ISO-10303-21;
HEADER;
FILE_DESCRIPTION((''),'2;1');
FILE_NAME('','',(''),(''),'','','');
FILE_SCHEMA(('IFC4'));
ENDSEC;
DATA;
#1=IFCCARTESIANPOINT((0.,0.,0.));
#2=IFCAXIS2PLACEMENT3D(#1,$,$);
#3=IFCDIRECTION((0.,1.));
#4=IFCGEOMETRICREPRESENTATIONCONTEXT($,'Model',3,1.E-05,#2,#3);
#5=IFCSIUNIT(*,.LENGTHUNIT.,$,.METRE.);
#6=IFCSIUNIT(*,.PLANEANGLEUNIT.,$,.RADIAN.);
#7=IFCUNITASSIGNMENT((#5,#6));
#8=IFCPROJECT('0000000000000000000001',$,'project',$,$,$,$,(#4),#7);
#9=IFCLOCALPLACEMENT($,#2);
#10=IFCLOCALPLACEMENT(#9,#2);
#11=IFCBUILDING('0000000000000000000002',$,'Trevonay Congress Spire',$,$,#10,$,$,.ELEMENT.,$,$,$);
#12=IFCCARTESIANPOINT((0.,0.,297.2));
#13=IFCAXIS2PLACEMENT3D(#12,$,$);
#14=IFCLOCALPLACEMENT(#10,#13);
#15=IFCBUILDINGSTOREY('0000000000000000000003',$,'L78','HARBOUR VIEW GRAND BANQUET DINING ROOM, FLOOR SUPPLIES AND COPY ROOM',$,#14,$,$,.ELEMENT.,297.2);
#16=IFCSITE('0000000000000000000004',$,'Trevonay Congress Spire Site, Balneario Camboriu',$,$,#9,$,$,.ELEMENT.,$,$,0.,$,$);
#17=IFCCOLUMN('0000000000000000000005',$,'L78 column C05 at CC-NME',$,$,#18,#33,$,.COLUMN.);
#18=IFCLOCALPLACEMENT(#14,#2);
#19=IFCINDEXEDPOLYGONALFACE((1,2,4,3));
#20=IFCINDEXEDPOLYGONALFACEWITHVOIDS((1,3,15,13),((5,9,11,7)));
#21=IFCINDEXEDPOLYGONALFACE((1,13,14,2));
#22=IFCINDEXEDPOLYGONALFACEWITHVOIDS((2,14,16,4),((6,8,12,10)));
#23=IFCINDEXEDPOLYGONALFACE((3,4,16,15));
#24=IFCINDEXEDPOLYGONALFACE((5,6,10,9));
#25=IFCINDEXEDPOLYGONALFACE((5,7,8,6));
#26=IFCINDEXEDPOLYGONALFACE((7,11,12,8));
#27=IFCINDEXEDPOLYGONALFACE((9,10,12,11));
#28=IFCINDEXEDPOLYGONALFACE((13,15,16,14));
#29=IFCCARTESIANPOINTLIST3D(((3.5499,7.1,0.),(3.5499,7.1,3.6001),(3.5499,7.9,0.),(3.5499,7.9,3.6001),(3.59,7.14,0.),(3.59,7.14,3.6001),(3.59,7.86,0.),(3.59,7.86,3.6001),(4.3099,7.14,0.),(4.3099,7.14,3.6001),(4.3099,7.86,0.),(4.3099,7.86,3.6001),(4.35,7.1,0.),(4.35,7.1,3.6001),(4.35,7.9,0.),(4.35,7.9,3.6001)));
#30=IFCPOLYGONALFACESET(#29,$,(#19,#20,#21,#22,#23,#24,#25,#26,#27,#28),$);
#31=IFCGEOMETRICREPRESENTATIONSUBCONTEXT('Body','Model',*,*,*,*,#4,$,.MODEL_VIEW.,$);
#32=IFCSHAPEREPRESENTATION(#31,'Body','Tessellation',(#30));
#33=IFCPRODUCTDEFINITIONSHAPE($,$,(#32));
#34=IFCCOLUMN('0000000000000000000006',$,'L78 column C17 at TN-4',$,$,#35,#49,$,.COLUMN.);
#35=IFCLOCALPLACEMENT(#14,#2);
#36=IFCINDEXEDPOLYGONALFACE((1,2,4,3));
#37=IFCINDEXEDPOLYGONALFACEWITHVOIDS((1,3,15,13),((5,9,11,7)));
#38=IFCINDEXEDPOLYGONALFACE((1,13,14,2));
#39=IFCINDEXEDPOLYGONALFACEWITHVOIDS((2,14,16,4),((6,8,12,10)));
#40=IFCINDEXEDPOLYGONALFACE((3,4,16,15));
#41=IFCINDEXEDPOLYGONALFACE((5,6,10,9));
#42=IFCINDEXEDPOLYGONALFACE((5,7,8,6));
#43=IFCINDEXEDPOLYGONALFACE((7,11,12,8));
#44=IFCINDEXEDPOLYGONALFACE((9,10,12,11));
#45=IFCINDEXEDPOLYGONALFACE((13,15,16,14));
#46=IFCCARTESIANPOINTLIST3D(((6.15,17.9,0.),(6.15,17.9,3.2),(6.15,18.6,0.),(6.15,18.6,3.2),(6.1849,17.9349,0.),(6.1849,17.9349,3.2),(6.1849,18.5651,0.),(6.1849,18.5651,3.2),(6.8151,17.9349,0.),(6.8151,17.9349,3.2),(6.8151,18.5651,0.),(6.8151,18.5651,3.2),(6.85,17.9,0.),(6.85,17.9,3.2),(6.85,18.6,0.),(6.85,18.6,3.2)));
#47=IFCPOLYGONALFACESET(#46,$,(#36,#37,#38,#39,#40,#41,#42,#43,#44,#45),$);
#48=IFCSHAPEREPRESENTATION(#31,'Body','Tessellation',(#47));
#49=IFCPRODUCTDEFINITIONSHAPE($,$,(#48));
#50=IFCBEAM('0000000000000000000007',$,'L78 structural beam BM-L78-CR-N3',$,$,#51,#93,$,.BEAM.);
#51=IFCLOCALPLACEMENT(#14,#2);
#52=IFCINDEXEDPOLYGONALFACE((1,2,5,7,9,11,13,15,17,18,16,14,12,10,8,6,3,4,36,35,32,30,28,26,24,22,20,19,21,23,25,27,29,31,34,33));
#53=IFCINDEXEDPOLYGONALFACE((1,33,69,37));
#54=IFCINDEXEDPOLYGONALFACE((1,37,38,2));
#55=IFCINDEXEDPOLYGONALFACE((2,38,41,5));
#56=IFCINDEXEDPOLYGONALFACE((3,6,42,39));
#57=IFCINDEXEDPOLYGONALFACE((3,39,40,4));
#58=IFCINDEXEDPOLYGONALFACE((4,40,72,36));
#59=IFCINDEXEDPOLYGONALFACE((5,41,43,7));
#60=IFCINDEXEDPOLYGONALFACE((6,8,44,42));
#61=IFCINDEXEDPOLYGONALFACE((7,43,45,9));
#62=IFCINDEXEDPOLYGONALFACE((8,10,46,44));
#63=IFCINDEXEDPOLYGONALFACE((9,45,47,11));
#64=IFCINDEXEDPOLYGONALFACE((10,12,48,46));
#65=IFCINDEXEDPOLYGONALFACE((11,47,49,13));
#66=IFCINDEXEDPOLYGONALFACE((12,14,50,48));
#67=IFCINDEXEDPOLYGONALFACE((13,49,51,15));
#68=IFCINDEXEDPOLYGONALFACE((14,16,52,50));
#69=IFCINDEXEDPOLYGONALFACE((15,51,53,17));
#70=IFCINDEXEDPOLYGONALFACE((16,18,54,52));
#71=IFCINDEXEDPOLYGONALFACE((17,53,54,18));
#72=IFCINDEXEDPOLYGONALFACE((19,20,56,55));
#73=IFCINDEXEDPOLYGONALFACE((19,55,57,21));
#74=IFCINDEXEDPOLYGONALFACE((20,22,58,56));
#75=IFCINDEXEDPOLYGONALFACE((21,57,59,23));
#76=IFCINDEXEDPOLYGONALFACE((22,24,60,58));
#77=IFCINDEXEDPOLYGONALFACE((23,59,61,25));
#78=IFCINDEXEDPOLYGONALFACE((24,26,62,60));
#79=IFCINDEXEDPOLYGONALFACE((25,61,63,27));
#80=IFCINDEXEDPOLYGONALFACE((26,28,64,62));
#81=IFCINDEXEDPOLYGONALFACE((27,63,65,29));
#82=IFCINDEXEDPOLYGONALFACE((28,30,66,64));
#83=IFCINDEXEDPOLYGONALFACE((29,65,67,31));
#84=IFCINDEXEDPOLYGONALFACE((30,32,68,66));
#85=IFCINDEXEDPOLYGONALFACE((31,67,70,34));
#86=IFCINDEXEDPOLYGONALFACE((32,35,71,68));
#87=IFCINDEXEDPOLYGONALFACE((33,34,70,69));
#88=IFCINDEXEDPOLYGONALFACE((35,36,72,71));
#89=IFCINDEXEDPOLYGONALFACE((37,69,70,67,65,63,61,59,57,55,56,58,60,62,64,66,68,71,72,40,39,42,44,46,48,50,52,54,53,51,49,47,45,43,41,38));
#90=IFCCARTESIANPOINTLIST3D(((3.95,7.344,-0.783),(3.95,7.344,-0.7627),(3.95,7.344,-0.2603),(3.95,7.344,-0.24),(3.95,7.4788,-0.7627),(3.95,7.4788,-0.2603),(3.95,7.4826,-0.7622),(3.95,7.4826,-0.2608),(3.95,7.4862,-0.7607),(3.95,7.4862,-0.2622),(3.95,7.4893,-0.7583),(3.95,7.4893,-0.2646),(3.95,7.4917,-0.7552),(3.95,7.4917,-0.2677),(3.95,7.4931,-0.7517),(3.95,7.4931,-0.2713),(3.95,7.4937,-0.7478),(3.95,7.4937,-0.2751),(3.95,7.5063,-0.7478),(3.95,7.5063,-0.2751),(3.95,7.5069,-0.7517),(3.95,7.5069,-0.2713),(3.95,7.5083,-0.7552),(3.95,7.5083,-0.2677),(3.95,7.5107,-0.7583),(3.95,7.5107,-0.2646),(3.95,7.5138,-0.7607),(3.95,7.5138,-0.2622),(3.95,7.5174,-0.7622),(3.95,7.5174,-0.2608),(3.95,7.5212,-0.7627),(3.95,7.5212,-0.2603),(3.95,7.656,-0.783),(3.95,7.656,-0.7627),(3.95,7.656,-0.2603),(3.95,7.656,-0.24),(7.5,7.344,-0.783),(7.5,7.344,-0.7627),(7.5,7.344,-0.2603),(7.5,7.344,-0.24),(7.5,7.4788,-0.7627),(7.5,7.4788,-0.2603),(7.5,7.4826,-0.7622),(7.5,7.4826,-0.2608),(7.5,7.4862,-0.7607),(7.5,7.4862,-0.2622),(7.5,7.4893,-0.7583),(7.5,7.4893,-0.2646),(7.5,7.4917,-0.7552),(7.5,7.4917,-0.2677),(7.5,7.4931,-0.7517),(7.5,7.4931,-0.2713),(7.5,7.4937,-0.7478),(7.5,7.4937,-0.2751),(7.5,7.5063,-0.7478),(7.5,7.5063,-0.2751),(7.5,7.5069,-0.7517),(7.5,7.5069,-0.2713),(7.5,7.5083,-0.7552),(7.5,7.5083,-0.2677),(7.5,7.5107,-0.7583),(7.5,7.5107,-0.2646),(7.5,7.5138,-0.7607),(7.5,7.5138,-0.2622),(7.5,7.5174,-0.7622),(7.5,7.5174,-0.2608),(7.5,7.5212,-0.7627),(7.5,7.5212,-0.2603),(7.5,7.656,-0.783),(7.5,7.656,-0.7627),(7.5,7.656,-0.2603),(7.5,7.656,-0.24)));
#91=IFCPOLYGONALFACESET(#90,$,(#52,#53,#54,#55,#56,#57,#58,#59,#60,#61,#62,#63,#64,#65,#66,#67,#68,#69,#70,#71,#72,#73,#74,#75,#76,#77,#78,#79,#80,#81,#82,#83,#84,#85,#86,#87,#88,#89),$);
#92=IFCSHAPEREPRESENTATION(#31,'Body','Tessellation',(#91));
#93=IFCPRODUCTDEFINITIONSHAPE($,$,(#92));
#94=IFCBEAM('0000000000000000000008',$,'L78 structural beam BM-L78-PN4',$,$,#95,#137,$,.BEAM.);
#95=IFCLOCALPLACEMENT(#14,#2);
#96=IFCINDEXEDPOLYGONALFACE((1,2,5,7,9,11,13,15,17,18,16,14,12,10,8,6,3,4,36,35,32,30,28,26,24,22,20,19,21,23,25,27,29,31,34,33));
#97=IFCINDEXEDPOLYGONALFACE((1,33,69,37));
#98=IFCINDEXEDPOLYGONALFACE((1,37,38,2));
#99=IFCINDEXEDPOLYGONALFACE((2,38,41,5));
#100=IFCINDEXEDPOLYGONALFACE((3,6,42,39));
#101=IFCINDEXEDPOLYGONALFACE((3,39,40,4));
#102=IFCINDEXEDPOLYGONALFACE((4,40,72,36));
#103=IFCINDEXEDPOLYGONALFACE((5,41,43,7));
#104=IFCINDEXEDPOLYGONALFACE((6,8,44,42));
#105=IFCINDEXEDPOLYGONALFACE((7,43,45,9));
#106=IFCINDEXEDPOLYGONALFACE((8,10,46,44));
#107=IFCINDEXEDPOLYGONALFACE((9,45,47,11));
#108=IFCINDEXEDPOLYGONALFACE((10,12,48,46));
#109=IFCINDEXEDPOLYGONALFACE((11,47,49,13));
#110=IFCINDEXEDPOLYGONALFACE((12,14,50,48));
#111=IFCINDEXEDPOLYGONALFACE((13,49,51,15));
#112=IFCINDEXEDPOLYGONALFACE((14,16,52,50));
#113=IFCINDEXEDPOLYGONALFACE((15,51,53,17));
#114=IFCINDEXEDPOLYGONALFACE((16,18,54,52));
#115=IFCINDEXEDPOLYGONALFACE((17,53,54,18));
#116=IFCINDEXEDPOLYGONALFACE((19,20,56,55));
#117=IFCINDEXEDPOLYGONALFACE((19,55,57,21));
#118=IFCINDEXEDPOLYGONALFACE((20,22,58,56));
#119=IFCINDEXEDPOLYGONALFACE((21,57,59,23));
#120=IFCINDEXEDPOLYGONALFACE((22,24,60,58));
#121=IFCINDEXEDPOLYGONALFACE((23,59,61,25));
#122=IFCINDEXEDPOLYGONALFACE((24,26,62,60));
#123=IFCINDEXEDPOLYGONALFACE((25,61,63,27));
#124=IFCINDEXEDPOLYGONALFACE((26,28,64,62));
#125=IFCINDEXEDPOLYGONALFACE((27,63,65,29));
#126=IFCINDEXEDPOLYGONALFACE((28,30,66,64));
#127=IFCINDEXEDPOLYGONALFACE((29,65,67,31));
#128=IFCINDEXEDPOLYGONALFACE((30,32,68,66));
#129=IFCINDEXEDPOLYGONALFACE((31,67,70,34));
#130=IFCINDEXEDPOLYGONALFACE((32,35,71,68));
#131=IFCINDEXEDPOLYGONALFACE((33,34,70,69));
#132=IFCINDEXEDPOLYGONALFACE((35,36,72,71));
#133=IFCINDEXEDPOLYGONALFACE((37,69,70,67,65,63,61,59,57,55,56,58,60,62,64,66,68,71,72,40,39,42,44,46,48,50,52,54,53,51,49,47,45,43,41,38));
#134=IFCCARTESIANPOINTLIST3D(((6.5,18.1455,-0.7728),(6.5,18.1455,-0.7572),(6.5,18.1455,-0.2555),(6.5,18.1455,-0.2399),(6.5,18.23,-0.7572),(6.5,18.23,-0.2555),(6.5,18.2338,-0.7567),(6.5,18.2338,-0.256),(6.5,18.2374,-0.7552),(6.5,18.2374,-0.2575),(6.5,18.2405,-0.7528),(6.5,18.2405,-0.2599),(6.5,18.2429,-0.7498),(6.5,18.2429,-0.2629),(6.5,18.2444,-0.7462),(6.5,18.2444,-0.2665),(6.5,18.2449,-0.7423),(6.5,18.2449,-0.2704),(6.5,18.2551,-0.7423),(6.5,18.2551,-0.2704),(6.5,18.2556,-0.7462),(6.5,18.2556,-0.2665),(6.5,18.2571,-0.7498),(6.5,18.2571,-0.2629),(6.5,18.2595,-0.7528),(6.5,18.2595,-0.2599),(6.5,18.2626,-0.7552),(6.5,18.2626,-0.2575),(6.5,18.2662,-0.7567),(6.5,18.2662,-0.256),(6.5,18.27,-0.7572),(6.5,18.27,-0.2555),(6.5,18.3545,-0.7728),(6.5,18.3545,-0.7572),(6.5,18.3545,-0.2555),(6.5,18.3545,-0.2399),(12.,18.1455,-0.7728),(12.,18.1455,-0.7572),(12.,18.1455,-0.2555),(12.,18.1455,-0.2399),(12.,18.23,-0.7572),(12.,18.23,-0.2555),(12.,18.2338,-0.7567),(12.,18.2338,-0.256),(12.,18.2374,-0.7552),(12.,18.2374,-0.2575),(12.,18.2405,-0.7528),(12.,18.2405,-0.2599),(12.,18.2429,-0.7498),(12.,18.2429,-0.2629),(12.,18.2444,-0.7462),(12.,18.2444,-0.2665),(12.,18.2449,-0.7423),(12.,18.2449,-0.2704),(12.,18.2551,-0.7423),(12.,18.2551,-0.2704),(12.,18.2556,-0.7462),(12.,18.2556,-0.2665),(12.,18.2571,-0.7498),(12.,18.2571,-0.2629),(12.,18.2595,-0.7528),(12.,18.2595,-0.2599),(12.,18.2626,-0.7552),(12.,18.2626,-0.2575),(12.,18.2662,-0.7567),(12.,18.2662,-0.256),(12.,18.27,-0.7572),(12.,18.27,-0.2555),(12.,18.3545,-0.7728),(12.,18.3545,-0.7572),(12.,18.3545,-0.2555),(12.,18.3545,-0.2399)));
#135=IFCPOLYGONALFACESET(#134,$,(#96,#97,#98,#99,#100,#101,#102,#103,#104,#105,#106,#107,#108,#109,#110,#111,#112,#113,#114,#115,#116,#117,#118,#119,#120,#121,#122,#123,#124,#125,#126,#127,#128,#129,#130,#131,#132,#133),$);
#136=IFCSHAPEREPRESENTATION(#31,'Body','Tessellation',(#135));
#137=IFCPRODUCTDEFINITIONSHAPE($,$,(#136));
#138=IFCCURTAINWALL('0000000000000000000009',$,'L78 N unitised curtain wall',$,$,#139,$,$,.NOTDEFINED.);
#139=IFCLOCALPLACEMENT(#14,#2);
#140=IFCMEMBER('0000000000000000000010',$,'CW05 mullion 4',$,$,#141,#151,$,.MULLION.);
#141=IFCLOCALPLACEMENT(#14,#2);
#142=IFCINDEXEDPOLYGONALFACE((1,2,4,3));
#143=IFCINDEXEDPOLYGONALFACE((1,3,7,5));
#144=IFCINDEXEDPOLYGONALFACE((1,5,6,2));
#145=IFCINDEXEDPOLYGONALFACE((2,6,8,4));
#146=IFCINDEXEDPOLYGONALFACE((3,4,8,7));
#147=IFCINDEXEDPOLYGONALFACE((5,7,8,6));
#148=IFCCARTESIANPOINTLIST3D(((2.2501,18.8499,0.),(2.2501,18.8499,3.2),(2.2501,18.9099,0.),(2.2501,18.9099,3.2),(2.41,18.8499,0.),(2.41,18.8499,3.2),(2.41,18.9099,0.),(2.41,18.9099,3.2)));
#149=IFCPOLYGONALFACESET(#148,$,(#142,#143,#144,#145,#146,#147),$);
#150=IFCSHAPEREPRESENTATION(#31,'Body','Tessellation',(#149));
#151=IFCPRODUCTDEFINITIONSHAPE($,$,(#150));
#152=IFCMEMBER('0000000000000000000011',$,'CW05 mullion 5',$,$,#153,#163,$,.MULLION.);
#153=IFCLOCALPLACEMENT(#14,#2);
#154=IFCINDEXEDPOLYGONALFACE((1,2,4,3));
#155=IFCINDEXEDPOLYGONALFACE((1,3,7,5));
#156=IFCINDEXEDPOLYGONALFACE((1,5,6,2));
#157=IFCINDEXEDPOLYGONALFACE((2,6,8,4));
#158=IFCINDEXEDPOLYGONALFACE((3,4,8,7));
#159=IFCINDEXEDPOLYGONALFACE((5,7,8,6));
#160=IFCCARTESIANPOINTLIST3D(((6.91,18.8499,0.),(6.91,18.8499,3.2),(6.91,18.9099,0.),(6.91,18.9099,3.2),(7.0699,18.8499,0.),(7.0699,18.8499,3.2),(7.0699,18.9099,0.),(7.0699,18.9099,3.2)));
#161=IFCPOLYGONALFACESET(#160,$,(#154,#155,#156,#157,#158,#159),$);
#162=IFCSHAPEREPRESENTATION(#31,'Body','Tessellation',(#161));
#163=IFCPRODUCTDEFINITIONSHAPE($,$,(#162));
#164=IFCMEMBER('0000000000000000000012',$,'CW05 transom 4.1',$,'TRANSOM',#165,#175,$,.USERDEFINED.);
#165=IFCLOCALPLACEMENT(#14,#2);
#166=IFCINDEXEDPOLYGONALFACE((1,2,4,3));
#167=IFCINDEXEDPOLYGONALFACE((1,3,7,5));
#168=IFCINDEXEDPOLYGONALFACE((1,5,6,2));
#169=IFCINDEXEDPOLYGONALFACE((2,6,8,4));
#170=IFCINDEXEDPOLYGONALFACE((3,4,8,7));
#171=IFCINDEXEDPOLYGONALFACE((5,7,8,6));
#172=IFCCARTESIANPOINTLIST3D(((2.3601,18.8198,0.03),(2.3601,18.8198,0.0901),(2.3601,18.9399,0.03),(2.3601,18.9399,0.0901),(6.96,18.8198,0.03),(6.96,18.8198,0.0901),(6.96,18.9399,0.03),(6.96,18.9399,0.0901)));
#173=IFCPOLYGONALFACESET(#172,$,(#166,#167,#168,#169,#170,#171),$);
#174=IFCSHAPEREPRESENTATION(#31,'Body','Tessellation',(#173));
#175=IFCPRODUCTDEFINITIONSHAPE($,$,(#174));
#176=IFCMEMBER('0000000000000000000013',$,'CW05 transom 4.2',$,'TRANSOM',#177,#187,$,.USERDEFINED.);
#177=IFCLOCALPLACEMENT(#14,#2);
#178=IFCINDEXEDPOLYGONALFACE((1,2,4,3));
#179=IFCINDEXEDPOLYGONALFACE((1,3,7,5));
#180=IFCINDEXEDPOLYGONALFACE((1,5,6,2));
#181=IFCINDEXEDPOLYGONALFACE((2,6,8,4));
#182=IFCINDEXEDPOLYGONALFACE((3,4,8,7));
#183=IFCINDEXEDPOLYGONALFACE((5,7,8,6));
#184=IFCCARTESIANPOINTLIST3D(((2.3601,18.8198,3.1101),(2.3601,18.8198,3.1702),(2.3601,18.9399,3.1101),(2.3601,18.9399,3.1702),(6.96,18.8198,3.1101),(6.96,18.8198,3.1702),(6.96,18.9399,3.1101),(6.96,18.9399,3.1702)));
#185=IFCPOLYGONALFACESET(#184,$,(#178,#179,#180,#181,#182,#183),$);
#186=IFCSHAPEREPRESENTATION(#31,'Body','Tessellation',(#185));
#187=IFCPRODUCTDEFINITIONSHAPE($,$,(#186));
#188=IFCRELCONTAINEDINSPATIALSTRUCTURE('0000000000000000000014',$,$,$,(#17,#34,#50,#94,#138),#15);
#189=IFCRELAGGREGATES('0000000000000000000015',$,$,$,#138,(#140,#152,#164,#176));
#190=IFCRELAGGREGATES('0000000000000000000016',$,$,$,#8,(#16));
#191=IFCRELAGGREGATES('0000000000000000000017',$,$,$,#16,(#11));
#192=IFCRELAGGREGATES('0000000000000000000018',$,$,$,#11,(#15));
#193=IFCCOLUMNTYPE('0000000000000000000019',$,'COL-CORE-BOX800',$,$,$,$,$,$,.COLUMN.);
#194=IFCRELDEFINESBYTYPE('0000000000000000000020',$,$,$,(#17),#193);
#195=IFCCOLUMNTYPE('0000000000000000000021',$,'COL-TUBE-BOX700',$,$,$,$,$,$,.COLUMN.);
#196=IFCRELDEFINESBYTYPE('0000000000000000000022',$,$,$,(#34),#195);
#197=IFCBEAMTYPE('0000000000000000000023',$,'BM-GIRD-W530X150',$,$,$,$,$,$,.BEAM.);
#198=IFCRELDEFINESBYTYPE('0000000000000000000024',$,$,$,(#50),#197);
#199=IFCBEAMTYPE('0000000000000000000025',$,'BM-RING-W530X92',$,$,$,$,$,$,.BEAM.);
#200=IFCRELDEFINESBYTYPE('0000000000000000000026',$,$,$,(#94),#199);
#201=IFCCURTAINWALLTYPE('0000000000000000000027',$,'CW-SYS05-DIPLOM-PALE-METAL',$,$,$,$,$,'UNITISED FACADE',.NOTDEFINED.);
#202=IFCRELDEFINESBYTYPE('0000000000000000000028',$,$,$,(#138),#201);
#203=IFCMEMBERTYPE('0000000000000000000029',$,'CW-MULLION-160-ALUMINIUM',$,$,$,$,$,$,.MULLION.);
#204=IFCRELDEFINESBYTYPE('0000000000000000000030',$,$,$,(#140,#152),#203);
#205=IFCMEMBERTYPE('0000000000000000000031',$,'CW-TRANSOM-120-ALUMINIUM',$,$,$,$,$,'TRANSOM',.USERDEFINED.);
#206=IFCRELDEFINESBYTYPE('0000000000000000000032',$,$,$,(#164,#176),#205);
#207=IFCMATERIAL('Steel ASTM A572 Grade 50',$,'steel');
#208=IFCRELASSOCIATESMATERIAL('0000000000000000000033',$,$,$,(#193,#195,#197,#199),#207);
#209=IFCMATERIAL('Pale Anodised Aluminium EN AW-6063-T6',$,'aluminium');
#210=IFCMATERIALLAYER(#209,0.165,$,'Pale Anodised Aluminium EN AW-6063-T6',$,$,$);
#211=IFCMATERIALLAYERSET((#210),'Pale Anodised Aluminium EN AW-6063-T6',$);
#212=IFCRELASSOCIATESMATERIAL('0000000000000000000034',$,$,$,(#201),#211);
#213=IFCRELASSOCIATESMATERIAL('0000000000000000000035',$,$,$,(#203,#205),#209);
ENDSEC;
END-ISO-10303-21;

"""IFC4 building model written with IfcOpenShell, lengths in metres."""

from ifc_helpers import new_model, si_unit, direction, frame, origin, origin_2d, place, context, subcontext, project, spatial, rectangle, hollow_rectangle, i_section, extrude, material, layer, layer_set, material_profile, profile_set, type_object, element, aggregate, save


model = new_model("IFC4")

# Units and contexts
model_context = context("Model", 3, precision=1e-05, world=origin(), true_north=direction((0.0, 1.0)))
body_context = subcontext(model_context, "Body", "Model", "MODEL_VIEW")
ifc_project = project(units=[si_unit("LENGTHUNIT", "METRE"), si_unit("PLANEANGLEUNIT", "RADIAN")], contexts=[model_context])

# Site, building, storey
site_placement = place(None, origin())
site = spatial("IfcSite", under=ifc_project, at=site_placement, Name="Trevonay Congress Spire Site, Balneario Camboriu", CompositionType="ELEMENT", RefElevation=0.0)
building_placement = place(site_placement, origin())
building = spatial("IfcBuilding", under=site, at=building_placement, Name="Trevonay Congress Spire", CompositionType="ELEMENT")
storey_placement = place(building_placement, frame((0.0, 0.0, 297.2)))
storey = spatial("IfcBuildingStorey", under=building, at=storey_placement, Name="L78", Description="HARBOUR VIEW GRAND BANQUET DINING ROOM, FLOOR SUPPLIES AND COPY ROOM", CompositionType="ELEMENT", Elevation=297.2)

# Columns
ifc_material_1 = material(Name="Steel ASTM A572 Grade 50", Category="steel")
ifc_material_profile_1 = material_profile(ifc_material_1, hollow_rectangle(XDim=0.8, YDim=0.8, WallThickness=0.04, at=origin_2d()), Name="BOX 800x800x40")
ifc_profile_set_1 = profile_set([ifc_material_profile_1], Name="Steel ASTM A572 Grade 50")
column_type_1 = type_object("IfcColumnType", Name="COL-CORE-BOX800", PredefinedType="COLUMN", material=ifc_profile_set_1)
column_1_placement = place(storey_placement, frame((3.95, 7.5, 0.0), z_axis=(0.0, 0.0, 1.0), x_axis=(1.0, 0.0, 0.0)))
element("IfcColumn", 1, at=column_1_placement, inside=storey, type_object=column_type_1, Name="L78 column C05 at CC-NME", PredefinedType="COLUMN", context=body_context, shape_type="SweptSolid", body=[
    extrude(hollow_rectangle(XDim=0.8, YDim=0.8, WallThickness=0.04, at=origin_2d()), origin(), (0.0, 0.0, 1.0), 3.6001),
])
ifc_material_profile_2 = material_profile(ifc_material_1, hollow_rectangle(XDim=0.7, YDim=0.7, WallThickness=0.0349, at=origin_2d()), Name="BOX 700x700x35")
ifc_profile_set_2 = profile_set([ifc_material_profile_2], Name="Steel ASTM A572 Grade 50")
column_type_2 = type_object("IfcColumnType", Name="COL-TUBE-BOX700", PredefinedType="COLUMN", material=ifc_profile_set_2)
column_2_placement = place(storey_placement, frame((6.5, 18.25, 0.0), z_axis=(0.0, 0.0, 1.0), x_axis=(1.0, 0.0, 0.0)))
element("IfcColumn", 2, at=column_2_placement, inside=storey, type_object=column_type_2, Name="L78 column C17 at TN-4", PredefinedType="COLUMN", context=body_context, shape_type="SweptSolid", body=[
    extrude(hollow_rectangle(XDim=0.7, YDim=0.7, WallThickness=0.0349, at=origin_2d()), origin(), (0.0, 0.0, 1.0), 3.2),
])

# Beams
ifc_material_profile_3 = material_profile(ifc_material_1, i_section(OverallWidth=0.312, OverallDepth=0.543, WebThickness=0.0127, FlangeThickness=0.0203, FilletRadius=0.0149, at=origin_2d()), Name="W530x150")
ifc_profile_set_3 = profile_set([ifc_material_profile_3], Name="Steel ASTM A572 Grade 50")
beam_type_1 = type_object("IfcBeamType", Name="BM-GIRD-W530X150", PredefinedType="BEAM", material=ifc_profile_set_3)
beam_1_placement = place(storey_placement, frame((3.95, 7.5, -0.5115), z_axis=(1.0, 0.0, 0.0), x_axis=(0.0, 1.0, 0.0)))
element("IfcBeam", 3, at=beam_1_placement, inside=storey, type_object=beam_type_1, Name="L78 structural beam BM-L78-CR-N3", PredefinedType="BEAM", context=body_context, shape_type="SweptSolid", body=[
    extrude(i_section(OverallWidth=0.312, OverallDepth=0.543, WebThickness=0.0127, FlangeThickness=0.0203, FilletRadius=0.0149, at=origin_2d()), origin(), (0.0, 0.0, 1.0), 3.55),
])
ifc_material_profile_4 = material_profile(ifc_material_1, i_section(OverallWidth=0.209, OverallDepth=0.533, WebThickness=0.0103, FlangeThickness=0.0156, FilletRadius=0.0149, at=origin_2d()), Name="W530x92")
ifc_profile_set_4 = profile_set([ifc_material_profile_4], Name="Steel ASTM A572 Grade 50")
beam_type_2 = type_object("IfcBeamType", Name="BM-RING-W530X92", PredefinedType="BEAM", material=ifc_profile_set_4)
beam_2_placement = place(storey_placement, frame((6.5, 18.25, -0.5063), z_axis=(1.0, 0.0, 0.0), x_axis=(0.0, 1.0, 0.0)))
element("IfcBeam", 4, at=beam_2_placement, inside=storey, type_object=beam_type_2, Name="L78 structural beam BM-L78-PN4", PredefinedType="BEAM", context=body_context, shape_type="SweptSolid", body=[
    extrude(i_section(OverallWidth=0.209, OverallDepth=0.533, WebThickness=0.0103, FlangeThickness=0.0156, FilletRadius=0.0149, at=origin_2d()), origin(), (0.0, 0.0, 1.0), 5.5),
])

# Curtain wall, members
ifc_material_2 = material(Name="Pale Anodised Aluminium EN AW-6063-T6", Category="aluminium")
ifc_layer_1 = layer(ifc_material_2, 0.165, Name="Pale Anodised Aluminium EN AW-6063-T6")
ifc_layer_set_1 = layer_set([ifc_layer_1], Name="Pale Anodised Aluminium EN AW-6063-T6")
curtain_wall_type = type_object("IfcCurtainWallType", Name="CW-SYS05-DIPLOM-PALE-METAL", ElementType="UNITISED FACADE", PredefinedType="NOTDEFINED", material=ifc_layer_set_1)
curtain_wall_placement = place(storey_placement, origin())
curtain_wall = element("IfcCurtainWall", 5, at=curtain_wall_placement, inside=storey, type_object=curtain_wall_type, Name="L78 N unitised curtain wall", PredefinedType="NOTDEFINED")
ifc_material_profile_5 = material_profile(ifc_material_2, rectangle(XDim=0.0601, YDim=0.1599, at=origin_2d()), Name="CW-MULLION-160-ALUMINIUM")
ifc_profile_set_5 = profile_set([ifc_material_profile_5], Name="Pale Anodised Aluminium EN AW-6063-T6")
member_type_1 = type_object("IfcMemberType", Name="CW-MULLION-160-ALUMINIUM", PredefinedType="MULLION", material=ifc_profile_set_5)
member_1_placement = place(storey_placement, frame((2.3301, 18.8799, 0.0), z_axis=(0.0, 0.0, 1.0), x_axis=(0.0, 1.0, 0.0)))
member_1 = element("IfcMember", 6, at=member_1_placement, type_object=member_type_1, Name="CW05 mullion 4", PredefinedType="MULLION", context=body_context, shape_type="SweptSolid", body=[
    extrude(rectangle(XDim=0.0601, YDim=0.1599, at=origin_2d()), origin(), (0.0, 0.0, 1.0), 3.2),
])
member_2_placement = place(storey_placement, frame((6.99, 18.8799, 0.0), z_axis=(0.0, 0.0, 1.0), x_axis=(0.0, 1.0, 0.0)))
member_2 = element("IfcMember", 7, at=member_2_placement, type_object=member_type_1, Name="CW05 mullion 5", PredefinedType="MULLION", context=body_context, shape_type="SweptSolid", body=[
    extrude(rectangle(XDim=0.0601, YDim=0.1599, at=origin_2d()), origin(), (0.0, 0.0, 1.0), 3.2),
])
ifc_material_profile_6 = material_profile(ifc_material_2, rectangle(XDim=0.1201, YDim=0.0601, at=origin_2d()), Name="CW-TRANSOM-120-ALUMINIUM")
ifc_profile_set_6 = profile_set([ifc_material_profile_6], Name="Pale Anodised Aluminium EN AW-6063-T6")
member_type_2 = type_object("IfcMemberType", Name="CW-TRANSOM-120-ALUMINIUM", ElementType="TRANSOM", PredefinedType="USERDEFINED", material=ifc_profile_set_6)
member_3_placement = place(storey_placement, frame((2.3601, 18.8799, 0.0601), z_axis=(1.0, 0.0, 0.0), x_axis=(0.0, 1.0, 0.0)))
member_3 = element("IfcMember", 8, at=member_3_placement, type_object=member_type_2, Name="CW05 transom 4.1", ObjectType="TRANSOM", PredefinedType="USERDEFINED", context=body_context, shape_type="SweptSolid", body=[
    extrude(rectangle(XDim=0.1201, YDim=0.0601, at=origin_2d()), origin(), (0.0, 0.0, 1.0), 4.5999),
])
member_4_placement = place(storey_placement, frame((2.3601, 18.8799, 3.1401), z_axis=(1.0, 0.0, 0.0), x_axis=(0.0, 1.0, 0.0)))
member_4 = element("IfcMember", 9, at=member_4_placement, type_object=member_type_2, Name="CW05 transom 4.2", ObjectType="TRANSOM", PredefinedType="USERDEFINED", context=body_context, shape_type="SweptSolid", body=[
    extrude(rectangle(XDim=0.1201, YDim=0.0601, at=origin_2d()), origin(), (0.0, 0.0, 1.0), 4.5999),
])

aggregate(curtain_wall, [member_1, member_2, member_3, member_4])

save(model, "model.ifc")
